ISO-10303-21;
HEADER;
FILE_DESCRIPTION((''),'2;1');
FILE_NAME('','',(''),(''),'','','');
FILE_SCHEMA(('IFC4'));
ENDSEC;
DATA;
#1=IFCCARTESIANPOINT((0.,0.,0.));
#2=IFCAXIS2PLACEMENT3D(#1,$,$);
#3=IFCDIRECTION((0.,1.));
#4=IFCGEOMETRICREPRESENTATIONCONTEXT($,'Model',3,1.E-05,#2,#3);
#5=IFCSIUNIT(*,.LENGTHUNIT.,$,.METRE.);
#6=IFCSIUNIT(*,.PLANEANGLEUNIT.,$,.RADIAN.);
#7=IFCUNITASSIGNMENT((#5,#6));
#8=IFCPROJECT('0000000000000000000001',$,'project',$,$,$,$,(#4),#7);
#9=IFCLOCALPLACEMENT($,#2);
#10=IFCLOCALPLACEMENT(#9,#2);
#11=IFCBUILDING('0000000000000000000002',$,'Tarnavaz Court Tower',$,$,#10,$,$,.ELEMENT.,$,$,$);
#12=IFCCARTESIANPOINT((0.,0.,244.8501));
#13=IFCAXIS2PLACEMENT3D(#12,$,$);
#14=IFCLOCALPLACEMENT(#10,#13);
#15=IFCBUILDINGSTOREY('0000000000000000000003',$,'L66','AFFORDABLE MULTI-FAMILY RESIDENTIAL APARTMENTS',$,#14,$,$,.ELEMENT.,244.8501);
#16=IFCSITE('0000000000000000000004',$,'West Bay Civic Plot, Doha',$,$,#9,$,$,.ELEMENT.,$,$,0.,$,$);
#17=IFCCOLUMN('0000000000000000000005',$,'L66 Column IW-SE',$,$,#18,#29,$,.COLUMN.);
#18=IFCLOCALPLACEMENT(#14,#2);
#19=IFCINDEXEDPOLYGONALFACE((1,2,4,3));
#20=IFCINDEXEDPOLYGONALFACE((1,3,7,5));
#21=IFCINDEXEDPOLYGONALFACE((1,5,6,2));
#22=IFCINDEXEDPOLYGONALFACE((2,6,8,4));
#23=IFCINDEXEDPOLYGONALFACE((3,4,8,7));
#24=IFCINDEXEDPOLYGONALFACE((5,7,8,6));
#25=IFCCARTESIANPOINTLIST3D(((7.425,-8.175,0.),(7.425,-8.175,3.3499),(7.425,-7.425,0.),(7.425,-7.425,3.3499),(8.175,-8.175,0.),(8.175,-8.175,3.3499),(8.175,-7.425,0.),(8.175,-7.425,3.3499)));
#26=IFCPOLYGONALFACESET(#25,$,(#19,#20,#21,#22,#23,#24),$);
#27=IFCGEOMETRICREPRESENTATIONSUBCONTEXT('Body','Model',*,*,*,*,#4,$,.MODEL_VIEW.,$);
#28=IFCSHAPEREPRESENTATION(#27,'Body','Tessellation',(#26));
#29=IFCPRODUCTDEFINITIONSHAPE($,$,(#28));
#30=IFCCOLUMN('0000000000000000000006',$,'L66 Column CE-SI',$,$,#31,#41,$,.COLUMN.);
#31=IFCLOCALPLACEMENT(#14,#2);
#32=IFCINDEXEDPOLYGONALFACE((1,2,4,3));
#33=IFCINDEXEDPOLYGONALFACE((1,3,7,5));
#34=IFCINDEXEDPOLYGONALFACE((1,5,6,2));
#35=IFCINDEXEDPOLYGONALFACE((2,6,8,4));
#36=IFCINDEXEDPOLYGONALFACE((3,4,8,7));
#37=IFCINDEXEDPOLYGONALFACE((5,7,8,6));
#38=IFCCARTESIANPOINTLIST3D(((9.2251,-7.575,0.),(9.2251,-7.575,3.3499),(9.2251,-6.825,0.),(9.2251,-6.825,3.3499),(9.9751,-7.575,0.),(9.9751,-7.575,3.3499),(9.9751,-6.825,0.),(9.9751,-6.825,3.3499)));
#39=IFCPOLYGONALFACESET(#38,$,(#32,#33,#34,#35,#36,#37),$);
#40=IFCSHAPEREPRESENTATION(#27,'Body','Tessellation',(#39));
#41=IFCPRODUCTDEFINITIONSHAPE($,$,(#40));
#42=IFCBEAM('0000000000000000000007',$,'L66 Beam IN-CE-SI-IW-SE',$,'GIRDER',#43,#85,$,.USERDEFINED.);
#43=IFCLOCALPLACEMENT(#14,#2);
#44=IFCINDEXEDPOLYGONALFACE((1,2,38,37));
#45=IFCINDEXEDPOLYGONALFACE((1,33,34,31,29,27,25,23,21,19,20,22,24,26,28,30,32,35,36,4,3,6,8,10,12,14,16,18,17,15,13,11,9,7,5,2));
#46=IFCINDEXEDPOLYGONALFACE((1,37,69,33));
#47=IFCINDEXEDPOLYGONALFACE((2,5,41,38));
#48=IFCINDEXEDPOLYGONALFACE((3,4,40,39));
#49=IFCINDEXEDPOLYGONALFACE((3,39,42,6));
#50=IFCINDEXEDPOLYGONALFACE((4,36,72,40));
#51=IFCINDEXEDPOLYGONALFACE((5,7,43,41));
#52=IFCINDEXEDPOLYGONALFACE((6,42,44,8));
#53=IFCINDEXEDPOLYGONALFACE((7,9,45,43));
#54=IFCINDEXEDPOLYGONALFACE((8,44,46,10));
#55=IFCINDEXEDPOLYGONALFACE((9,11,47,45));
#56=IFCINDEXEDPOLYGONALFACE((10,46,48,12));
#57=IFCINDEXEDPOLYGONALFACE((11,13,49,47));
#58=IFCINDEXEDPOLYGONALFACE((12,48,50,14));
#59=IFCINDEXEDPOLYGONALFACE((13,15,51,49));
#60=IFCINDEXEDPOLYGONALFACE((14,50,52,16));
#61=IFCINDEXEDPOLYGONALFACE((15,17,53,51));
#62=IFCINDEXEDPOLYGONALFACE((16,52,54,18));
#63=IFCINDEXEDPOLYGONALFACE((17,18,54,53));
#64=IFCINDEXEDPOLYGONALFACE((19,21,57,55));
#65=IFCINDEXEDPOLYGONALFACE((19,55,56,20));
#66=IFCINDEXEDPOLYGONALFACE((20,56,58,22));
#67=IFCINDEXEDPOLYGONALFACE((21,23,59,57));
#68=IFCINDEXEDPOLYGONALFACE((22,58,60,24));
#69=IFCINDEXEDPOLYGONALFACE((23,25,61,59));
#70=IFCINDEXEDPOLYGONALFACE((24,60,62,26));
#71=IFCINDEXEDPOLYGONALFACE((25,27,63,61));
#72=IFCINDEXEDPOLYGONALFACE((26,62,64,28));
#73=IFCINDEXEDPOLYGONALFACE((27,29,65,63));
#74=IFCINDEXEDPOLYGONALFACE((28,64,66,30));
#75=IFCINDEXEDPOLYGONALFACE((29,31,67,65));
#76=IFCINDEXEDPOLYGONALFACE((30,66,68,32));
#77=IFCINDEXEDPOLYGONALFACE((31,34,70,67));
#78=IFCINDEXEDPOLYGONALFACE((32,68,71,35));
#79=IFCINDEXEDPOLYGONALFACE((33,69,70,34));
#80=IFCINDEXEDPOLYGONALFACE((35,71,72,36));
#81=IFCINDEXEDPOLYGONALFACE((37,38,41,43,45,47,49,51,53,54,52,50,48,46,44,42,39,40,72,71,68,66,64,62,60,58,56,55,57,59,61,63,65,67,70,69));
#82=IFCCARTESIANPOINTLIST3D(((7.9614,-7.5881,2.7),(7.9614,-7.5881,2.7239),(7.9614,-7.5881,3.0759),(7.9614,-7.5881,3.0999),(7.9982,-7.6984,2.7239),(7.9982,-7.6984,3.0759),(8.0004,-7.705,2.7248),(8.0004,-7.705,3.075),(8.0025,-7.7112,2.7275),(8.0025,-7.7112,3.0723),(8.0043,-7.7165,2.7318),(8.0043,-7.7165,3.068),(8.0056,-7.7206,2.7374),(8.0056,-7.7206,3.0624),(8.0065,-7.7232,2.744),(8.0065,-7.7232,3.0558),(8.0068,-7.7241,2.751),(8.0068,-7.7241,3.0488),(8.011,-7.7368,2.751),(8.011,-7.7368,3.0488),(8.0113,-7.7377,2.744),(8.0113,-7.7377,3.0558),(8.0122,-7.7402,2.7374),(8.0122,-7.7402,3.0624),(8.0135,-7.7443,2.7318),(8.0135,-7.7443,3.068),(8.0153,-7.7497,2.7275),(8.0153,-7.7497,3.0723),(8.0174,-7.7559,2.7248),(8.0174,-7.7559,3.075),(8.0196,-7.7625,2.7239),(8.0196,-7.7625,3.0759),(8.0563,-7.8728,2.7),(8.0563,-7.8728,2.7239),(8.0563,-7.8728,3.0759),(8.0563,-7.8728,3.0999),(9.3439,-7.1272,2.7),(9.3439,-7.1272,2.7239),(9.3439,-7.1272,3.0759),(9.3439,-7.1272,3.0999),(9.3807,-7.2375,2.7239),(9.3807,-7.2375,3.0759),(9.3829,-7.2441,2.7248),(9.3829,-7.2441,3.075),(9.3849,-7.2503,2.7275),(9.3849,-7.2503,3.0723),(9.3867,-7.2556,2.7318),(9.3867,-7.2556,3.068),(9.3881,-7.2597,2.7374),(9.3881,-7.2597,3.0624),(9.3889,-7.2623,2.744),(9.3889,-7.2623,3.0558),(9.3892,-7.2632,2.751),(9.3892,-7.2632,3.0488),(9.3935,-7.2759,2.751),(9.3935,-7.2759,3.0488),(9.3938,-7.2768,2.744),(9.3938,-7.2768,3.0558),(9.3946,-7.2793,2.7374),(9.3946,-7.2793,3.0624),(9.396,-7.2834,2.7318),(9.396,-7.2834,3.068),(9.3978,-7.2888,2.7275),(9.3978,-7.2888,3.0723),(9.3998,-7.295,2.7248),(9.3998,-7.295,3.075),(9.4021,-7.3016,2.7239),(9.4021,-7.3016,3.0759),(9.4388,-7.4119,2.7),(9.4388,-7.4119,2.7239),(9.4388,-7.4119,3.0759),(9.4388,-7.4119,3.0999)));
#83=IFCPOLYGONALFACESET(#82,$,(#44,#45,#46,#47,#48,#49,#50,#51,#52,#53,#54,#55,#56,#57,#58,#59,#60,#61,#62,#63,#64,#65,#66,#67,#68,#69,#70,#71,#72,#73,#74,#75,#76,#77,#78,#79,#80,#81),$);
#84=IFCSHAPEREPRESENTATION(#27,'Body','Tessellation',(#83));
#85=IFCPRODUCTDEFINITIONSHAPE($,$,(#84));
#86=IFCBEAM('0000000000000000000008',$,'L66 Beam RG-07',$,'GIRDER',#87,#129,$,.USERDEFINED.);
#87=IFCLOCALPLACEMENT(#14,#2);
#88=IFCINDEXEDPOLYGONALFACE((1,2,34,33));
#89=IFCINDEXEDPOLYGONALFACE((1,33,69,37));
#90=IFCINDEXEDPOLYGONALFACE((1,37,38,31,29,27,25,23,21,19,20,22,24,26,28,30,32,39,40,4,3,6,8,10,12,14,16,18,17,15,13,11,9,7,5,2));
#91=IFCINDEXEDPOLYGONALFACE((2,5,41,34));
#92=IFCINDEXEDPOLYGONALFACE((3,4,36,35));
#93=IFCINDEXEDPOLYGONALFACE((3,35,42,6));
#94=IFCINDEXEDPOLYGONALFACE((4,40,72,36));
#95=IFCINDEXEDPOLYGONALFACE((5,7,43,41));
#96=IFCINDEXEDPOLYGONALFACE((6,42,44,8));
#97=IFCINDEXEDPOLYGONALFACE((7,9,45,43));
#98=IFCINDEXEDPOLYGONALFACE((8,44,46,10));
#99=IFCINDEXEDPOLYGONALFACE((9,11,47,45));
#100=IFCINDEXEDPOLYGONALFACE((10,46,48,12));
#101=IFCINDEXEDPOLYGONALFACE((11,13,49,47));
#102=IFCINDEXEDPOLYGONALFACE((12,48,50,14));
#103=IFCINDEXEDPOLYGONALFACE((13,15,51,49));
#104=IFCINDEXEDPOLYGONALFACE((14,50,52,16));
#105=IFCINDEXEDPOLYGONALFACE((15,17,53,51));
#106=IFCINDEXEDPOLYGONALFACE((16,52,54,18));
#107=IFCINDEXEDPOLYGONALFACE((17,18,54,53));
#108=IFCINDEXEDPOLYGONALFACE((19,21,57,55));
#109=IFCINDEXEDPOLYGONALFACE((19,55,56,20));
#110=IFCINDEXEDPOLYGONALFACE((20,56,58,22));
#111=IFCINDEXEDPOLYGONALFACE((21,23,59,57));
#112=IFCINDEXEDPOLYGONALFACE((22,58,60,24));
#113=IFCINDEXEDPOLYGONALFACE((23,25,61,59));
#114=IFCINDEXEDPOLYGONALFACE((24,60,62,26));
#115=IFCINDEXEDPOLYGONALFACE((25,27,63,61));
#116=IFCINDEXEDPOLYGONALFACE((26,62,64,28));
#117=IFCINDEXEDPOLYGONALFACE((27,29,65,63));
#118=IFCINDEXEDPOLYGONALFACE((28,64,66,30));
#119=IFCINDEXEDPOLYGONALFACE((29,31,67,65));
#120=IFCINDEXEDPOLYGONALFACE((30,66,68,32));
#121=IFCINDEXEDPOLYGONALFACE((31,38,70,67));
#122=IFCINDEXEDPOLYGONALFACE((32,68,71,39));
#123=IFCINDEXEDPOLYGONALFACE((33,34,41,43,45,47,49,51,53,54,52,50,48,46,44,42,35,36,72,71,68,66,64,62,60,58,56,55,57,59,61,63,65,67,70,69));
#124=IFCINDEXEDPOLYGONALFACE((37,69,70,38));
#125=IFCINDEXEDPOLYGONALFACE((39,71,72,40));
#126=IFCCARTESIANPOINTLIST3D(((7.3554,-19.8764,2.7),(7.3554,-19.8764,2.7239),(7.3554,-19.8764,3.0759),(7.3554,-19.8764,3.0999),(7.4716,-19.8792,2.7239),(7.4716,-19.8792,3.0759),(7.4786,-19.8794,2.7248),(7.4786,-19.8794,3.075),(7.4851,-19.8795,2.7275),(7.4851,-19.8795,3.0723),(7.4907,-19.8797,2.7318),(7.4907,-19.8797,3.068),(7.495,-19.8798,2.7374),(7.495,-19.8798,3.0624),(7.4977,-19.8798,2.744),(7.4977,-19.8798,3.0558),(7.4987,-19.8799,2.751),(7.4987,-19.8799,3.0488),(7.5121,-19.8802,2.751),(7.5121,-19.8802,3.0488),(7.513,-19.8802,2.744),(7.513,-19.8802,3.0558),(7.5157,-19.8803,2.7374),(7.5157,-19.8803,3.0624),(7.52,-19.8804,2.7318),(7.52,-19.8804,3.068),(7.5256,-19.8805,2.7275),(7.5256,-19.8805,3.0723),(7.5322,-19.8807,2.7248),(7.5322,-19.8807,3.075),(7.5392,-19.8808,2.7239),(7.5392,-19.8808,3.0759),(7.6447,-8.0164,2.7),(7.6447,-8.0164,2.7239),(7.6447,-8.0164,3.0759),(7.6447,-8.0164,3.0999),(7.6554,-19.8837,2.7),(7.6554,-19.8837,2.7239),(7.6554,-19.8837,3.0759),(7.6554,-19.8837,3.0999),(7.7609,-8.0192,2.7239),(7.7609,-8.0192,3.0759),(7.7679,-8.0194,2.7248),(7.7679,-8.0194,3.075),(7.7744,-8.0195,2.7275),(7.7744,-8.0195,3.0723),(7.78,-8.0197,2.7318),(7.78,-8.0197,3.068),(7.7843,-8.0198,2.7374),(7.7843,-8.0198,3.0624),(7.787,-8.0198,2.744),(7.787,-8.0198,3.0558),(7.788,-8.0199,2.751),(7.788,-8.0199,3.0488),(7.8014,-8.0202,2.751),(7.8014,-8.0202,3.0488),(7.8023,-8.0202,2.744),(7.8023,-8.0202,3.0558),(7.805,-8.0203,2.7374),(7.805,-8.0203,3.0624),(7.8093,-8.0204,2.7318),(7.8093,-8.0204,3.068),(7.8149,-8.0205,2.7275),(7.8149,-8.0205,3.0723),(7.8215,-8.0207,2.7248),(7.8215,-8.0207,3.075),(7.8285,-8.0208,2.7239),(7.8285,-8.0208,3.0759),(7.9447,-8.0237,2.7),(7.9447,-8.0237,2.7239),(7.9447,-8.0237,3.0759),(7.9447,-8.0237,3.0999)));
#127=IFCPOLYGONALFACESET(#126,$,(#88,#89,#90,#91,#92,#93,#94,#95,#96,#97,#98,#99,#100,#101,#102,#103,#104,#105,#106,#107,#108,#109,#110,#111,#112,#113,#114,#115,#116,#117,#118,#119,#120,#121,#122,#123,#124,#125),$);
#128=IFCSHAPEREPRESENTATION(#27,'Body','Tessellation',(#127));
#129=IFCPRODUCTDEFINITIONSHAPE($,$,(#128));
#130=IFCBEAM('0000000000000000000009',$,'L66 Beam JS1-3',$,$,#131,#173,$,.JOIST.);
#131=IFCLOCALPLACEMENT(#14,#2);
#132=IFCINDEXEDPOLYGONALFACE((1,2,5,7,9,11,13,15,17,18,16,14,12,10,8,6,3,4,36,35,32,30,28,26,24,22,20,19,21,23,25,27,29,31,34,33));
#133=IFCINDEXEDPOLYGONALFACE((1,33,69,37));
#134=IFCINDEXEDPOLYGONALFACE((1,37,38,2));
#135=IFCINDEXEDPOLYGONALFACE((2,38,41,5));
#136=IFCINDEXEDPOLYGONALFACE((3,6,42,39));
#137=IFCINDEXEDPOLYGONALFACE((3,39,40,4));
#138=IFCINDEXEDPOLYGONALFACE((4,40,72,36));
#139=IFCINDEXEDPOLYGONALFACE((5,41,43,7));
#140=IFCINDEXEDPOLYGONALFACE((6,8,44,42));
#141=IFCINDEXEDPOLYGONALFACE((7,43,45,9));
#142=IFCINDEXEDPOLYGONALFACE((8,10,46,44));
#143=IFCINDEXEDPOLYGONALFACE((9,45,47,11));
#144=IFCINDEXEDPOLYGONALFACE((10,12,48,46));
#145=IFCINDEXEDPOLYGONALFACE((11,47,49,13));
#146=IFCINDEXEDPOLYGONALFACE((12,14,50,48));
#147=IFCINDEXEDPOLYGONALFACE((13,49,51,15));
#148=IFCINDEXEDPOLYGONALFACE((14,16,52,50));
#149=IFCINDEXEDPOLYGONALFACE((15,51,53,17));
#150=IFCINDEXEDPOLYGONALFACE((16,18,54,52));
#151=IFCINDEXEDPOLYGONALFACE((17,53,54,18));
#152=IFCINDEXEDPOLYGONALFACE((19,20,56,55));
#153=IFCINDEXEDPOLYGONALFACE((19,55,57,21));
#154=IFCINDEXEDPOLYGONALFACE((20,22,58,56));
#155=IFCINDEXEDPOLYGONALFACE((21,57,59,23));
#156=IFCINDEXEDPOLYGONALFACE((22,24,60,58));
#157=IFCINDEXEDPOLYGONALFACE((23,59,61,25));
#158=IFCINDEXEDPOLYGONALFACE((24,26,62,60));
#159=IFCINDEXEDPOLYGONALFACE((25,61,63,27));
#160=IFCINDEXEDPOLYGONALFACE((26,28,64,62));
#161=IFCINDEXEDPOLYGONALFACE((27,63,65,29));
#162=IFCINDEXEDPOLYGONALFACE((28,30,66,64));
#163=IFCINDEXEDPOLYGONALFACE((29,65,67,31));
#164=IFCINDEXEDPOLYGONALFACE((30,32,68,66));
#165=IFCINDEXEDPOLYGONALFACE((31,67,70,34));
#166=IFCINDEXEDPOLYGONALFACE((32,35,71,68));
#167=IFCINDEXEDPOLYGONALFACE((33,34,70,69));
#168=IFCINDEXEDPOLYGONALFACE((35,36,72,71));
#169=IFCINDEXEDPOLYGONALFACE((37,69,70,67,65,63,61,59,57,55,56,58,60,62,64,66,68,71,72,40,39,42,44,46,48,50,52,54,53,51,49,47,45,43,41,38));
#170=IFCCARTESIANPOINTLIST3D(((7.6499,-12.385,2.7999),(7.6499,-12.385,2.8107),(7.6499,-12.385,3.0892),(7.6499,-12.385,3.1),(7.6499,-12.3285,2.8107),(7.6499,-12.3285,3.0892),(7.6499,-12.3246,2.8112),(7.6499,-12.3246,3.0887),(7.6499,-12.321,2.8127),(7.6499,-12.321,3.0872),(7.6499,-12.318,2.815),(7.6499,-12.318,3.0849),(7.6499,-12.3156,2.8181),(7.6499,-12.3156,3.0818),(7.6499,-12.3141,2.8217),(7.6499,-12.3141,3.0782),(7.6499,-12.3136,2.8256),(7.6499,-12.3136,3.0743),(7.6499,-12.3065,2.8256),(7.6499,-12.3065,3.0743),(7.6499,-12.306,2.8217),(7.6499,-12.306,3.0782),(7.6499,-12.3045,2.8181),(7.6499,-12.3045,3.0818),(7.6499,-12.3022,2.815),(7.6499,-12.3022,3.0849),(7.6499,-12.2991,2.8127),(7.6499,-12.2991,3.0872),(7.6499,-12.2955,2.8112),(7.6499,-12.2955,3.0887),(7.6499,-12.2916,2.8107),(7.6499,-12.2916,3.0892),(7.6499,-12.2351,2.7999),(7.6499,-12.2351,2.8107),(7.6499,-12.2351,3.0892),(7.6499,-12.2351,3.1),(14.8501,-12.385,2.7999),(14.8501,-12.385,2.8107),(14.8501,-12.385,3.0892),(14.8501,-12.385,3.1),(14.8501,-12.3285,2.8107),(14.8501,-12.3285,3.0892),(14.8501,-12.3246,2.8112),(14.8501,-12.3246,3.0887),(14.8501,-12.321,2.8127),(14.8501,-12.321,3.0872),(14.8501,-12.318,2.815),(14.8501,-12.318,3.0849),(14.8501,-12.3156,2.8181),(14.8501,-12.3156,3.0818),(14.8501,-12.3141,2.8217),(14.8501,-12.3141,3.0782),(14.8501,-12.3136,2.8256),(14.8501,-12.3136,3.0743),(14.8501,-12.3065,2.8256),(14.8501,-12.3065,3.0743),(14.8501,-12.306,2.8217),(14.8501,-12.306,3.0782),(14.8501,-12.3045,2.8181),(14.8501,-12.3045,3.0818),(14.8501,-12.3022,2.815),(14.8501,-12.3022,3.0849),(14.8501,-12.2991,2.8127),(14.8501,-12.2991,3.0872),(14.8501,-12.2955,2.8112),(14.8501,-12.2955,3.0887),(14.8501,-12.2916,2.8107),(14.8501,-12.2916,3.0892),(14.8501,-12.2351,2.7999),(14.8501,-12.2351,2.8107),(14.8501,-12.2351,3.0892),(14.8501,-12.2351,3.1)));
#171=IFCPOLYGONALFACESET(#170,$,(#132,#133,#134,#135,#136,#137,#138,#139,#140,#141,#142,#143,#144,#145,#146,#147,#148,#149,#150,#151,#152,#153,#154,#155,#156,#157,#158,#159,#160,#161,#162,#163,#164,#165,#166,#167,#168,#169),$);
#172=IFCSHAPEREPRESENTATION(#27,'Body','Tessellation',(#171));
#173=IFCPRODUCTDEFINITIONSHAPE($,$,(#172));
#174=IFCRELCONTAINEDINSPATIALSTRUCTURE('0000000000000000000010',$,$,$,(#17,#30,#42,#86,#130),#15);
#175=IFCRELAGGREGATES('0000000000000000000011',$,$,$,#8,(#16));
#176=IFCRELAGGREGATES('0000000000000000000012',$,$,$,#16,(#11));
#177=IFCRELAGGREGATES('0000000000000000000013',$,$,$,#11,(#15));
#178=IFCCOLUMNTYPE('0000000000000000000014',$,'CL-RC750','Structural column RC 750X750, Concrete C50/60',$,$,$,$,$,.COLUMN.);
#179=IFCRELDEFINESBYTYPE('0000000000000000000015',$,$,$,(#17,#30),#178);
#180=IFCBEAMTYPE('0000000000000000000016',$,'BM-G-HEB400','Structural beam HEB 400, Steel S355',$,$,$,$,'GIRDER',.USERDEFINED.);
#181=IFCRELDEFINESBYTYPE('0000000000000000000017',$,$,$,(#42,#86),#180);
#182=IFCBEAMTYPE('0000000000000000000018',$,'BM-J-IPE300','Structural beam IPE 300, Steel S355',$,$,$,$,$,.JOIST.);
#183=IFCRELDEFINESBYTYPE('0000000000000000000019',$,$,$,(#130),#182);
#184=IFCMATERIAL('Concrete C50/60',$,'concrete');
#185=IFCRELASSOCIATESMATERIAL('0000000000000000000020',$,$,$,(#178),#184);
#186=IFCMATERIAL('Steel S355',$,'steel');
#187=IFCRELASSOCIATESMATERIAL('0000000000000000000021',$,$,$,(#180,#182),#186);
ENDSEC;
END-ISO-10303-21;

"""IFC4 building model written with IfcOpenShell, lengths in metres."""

from ifc_helpers import new_model, si_unit, direction, frame, origin, origin_2d, place, context, subcontext, project, spatial, rectangle, i_section, extrude, material, material_profile, profile_set, type_object, element, save


model = new_model("IFC4")

# Units and contexts
model_context = context("Model", 3, precision=1e-05, world=origin(), true_north=direction((0.0, 1.0)))
body_context = subcontext(model_context, "Body", "Model", "MODEL_VIEW")
ifc_project = project(units=[si_unit("LENGTHUNIT", "METRE"), si_unit("PLANEANGLEUNIT", "RADIAN")], contexts=[model_context])

# Site, building, storey
site_placement = place(None, origin())
site = spatial("IfcSite", under=ifc_project, at=site_placement, Name="West Bay Civic Plot, Doha", CompositionType="ELEMENT", RefElevation=0.0)
building_placement = place(site_placement, origin())
building = spatial("IfcBuilding", under=site, at=building_placement, Name="Tarnavaz Court Tower", CompositionType="ELEMENT")
storey_placement = place(building_placement, frame((0.0, 0.0, 244.8501)))
storey = spatial("IfcBuildingStorey", under=building, at=storey_placement, Name="L66", Description="AFFORDABLE MULTI-FAMILY RESIDENTIAL APARTMENTS", CompositionType="ELEMENT", Elevation=244.8501)

# Columns
ifc_material_1 = material(Name="Concrete C50/60", Category="concrete")
ifc_material_profile_1 = material_profile(ifc_material_1, rectangle(XDim=0.75, YDim=0.75, at=origin_2d()), Name="RC 750X750")
ifc_profile_set_1 = profile_set([ifc_material_profile_1], Name="Concrete C50/60")
column_type = type_object("IfcColumnType", Name="CL-RC750", Description="Structural column RC 750X750, Concrete C50/60", PredefinedType="COLUMN", material=ifc_profile_set_1)
for number, where, z_axis, x_axis, name in (
    (1, (7.8, -7.8, 0.0), (0.0, 0.0, 1.0), (1.0, 0.0, 0.0), "L66 Column IW-SE"),
    (2, (9.6001, -7.2, 0.0), (0.0, 0.0, 1.0), (1.0, 0.0, 0.0), "L66 Column CE-SI"),
):
    element("IfcColumn", number, at=place(storey_placement, frame(where, z_axis=z_axis, x_axis=x_axis)), inside=storey, type_object=column_type, Name=name, PredefinedType="COLUMN", context=body_context, shape_type="SweptSolid", body=[
        extrude(rectangle(XDim=0.75, YDim=0.75, at=origin_2d()), origin(), (0.0, 0.0, 1.0), 3.3499),
    ])

# Beams
ifc_material_2 = material(Name="Steel S355", Category="steel")
ifc_material_profile_2 = material_profile(ifc_material_2, i_section(OverallWidth=0.3, OverallDepth=0.3999, WebThickness=0.0134, FlangeThickness=0.0239, FilletRadius=0.0271, at=origin_2d()), Name="HEB 400")
ifc_profile_set_2 = profile_set([ifc_material_profile_2], Name="Steel S355")
beam_type_1 = type_object("IfcBeamType", Name="BM-G-HEB400", Description="Structural beam HEB 400, Steel S355", ElementType="GIRDER", PredefinedType="USERDEFINED", material=ifc_profile_set_2)
beam_1_placement = place(storey_placement, frame((9.3914, -7.2695, 2.8999), z_axis=(-0.948667, -0.316278, 0.0), x_axis=(0.316278, -0.948667, 0.0)))
element("IfcBeam", 3, at=beam_1_placement, inside=storey, type_object=beam_type_1, Name="L66 Beam IN-CE-SI-IW-SE", ObjectType="GIRDER", PredefinedType="USERDEFINED", context=body_context, shape_type="SweptSolid", body=[
    extrude(i_section(OverallWidth=0.3, OverallDepth=0.3999, WebThickness=0.0134, FlangeThickness=0.0239, FilletRadius=0.0271, at=origin_2d()), origin(), (0.0, 0.0, 1.0), 1.4573),
])
beam_2_placement = place(storey_placement, frame((7.7947, -8.02, 2.8999), z_axis=(-0.024386, -0.999703, 0.0), x_axis=(0.999703, -0.024386, 0.0)))
element("IfcBeam", 4, at=beam_2_placement, inside=storey, type_object=beam_type_1, Name="L66 Beam RG-07", ObjectType="GIRDER", PredefinedType="USERDEFINED", context=body_context, shape_type="SweptSolid", body=[
    extrude(i_section(OverallWidth=0.3, OverallDepth=0.3999, WebThickness=0.0134, FlangeThickness=0.0239, FilletRadius=0.0271, at=origin_2d()), origin(), (0.0, 0.0, 1.0), 11.8635),
])
ifc_material_profile_3 = material_profile(ifc_material_2, i_section(OverallWidth=0.1499, OverallDepth=0.3, WebThickness=0.0071, FlangeThickness=0.0107, FilletRadius=0.0149, at=origin_2d()), Name="IPE 300")
ifc_profile_set_3 = profile_set([ifc_material_profile_3], Name="Steel S355")
beam_type_2 = type_object("IfcBeamType", Name="BM-J-IPE300", Description="Structural beam IPE 300, Steel S355", PredefinedType="JOIST", material=ifc_profile_set_3)
for number, where, z_axis, x_axis, name in (
    (5, (7.6499, -12.3101, 2.95), (1.0, 0.0, 0.0), (0.0, 1.0, 0.0), "L66 Beam JS1-3"),
):
    element("IfcBeam", number, at=place(storey_placement, frame(where, z_axis=z_axis, x_axis=x_axis)), inside=storey, type_object=beam_type_2, Name=name, PredefinedType="JOIST", context=body_context, shape_type="SweptSolid", body=[
        extrude(i_section(OverallWidth=0.1499, OverallDepth=0.3, WebThickness=0.0071, FlangeThickness=0.0107, FilletRadius=0.0149, at=origin_2d()), origin(), (0.0, 0.0, 1.0), 7.2002),
    ])

save(model, "model.ifc")
